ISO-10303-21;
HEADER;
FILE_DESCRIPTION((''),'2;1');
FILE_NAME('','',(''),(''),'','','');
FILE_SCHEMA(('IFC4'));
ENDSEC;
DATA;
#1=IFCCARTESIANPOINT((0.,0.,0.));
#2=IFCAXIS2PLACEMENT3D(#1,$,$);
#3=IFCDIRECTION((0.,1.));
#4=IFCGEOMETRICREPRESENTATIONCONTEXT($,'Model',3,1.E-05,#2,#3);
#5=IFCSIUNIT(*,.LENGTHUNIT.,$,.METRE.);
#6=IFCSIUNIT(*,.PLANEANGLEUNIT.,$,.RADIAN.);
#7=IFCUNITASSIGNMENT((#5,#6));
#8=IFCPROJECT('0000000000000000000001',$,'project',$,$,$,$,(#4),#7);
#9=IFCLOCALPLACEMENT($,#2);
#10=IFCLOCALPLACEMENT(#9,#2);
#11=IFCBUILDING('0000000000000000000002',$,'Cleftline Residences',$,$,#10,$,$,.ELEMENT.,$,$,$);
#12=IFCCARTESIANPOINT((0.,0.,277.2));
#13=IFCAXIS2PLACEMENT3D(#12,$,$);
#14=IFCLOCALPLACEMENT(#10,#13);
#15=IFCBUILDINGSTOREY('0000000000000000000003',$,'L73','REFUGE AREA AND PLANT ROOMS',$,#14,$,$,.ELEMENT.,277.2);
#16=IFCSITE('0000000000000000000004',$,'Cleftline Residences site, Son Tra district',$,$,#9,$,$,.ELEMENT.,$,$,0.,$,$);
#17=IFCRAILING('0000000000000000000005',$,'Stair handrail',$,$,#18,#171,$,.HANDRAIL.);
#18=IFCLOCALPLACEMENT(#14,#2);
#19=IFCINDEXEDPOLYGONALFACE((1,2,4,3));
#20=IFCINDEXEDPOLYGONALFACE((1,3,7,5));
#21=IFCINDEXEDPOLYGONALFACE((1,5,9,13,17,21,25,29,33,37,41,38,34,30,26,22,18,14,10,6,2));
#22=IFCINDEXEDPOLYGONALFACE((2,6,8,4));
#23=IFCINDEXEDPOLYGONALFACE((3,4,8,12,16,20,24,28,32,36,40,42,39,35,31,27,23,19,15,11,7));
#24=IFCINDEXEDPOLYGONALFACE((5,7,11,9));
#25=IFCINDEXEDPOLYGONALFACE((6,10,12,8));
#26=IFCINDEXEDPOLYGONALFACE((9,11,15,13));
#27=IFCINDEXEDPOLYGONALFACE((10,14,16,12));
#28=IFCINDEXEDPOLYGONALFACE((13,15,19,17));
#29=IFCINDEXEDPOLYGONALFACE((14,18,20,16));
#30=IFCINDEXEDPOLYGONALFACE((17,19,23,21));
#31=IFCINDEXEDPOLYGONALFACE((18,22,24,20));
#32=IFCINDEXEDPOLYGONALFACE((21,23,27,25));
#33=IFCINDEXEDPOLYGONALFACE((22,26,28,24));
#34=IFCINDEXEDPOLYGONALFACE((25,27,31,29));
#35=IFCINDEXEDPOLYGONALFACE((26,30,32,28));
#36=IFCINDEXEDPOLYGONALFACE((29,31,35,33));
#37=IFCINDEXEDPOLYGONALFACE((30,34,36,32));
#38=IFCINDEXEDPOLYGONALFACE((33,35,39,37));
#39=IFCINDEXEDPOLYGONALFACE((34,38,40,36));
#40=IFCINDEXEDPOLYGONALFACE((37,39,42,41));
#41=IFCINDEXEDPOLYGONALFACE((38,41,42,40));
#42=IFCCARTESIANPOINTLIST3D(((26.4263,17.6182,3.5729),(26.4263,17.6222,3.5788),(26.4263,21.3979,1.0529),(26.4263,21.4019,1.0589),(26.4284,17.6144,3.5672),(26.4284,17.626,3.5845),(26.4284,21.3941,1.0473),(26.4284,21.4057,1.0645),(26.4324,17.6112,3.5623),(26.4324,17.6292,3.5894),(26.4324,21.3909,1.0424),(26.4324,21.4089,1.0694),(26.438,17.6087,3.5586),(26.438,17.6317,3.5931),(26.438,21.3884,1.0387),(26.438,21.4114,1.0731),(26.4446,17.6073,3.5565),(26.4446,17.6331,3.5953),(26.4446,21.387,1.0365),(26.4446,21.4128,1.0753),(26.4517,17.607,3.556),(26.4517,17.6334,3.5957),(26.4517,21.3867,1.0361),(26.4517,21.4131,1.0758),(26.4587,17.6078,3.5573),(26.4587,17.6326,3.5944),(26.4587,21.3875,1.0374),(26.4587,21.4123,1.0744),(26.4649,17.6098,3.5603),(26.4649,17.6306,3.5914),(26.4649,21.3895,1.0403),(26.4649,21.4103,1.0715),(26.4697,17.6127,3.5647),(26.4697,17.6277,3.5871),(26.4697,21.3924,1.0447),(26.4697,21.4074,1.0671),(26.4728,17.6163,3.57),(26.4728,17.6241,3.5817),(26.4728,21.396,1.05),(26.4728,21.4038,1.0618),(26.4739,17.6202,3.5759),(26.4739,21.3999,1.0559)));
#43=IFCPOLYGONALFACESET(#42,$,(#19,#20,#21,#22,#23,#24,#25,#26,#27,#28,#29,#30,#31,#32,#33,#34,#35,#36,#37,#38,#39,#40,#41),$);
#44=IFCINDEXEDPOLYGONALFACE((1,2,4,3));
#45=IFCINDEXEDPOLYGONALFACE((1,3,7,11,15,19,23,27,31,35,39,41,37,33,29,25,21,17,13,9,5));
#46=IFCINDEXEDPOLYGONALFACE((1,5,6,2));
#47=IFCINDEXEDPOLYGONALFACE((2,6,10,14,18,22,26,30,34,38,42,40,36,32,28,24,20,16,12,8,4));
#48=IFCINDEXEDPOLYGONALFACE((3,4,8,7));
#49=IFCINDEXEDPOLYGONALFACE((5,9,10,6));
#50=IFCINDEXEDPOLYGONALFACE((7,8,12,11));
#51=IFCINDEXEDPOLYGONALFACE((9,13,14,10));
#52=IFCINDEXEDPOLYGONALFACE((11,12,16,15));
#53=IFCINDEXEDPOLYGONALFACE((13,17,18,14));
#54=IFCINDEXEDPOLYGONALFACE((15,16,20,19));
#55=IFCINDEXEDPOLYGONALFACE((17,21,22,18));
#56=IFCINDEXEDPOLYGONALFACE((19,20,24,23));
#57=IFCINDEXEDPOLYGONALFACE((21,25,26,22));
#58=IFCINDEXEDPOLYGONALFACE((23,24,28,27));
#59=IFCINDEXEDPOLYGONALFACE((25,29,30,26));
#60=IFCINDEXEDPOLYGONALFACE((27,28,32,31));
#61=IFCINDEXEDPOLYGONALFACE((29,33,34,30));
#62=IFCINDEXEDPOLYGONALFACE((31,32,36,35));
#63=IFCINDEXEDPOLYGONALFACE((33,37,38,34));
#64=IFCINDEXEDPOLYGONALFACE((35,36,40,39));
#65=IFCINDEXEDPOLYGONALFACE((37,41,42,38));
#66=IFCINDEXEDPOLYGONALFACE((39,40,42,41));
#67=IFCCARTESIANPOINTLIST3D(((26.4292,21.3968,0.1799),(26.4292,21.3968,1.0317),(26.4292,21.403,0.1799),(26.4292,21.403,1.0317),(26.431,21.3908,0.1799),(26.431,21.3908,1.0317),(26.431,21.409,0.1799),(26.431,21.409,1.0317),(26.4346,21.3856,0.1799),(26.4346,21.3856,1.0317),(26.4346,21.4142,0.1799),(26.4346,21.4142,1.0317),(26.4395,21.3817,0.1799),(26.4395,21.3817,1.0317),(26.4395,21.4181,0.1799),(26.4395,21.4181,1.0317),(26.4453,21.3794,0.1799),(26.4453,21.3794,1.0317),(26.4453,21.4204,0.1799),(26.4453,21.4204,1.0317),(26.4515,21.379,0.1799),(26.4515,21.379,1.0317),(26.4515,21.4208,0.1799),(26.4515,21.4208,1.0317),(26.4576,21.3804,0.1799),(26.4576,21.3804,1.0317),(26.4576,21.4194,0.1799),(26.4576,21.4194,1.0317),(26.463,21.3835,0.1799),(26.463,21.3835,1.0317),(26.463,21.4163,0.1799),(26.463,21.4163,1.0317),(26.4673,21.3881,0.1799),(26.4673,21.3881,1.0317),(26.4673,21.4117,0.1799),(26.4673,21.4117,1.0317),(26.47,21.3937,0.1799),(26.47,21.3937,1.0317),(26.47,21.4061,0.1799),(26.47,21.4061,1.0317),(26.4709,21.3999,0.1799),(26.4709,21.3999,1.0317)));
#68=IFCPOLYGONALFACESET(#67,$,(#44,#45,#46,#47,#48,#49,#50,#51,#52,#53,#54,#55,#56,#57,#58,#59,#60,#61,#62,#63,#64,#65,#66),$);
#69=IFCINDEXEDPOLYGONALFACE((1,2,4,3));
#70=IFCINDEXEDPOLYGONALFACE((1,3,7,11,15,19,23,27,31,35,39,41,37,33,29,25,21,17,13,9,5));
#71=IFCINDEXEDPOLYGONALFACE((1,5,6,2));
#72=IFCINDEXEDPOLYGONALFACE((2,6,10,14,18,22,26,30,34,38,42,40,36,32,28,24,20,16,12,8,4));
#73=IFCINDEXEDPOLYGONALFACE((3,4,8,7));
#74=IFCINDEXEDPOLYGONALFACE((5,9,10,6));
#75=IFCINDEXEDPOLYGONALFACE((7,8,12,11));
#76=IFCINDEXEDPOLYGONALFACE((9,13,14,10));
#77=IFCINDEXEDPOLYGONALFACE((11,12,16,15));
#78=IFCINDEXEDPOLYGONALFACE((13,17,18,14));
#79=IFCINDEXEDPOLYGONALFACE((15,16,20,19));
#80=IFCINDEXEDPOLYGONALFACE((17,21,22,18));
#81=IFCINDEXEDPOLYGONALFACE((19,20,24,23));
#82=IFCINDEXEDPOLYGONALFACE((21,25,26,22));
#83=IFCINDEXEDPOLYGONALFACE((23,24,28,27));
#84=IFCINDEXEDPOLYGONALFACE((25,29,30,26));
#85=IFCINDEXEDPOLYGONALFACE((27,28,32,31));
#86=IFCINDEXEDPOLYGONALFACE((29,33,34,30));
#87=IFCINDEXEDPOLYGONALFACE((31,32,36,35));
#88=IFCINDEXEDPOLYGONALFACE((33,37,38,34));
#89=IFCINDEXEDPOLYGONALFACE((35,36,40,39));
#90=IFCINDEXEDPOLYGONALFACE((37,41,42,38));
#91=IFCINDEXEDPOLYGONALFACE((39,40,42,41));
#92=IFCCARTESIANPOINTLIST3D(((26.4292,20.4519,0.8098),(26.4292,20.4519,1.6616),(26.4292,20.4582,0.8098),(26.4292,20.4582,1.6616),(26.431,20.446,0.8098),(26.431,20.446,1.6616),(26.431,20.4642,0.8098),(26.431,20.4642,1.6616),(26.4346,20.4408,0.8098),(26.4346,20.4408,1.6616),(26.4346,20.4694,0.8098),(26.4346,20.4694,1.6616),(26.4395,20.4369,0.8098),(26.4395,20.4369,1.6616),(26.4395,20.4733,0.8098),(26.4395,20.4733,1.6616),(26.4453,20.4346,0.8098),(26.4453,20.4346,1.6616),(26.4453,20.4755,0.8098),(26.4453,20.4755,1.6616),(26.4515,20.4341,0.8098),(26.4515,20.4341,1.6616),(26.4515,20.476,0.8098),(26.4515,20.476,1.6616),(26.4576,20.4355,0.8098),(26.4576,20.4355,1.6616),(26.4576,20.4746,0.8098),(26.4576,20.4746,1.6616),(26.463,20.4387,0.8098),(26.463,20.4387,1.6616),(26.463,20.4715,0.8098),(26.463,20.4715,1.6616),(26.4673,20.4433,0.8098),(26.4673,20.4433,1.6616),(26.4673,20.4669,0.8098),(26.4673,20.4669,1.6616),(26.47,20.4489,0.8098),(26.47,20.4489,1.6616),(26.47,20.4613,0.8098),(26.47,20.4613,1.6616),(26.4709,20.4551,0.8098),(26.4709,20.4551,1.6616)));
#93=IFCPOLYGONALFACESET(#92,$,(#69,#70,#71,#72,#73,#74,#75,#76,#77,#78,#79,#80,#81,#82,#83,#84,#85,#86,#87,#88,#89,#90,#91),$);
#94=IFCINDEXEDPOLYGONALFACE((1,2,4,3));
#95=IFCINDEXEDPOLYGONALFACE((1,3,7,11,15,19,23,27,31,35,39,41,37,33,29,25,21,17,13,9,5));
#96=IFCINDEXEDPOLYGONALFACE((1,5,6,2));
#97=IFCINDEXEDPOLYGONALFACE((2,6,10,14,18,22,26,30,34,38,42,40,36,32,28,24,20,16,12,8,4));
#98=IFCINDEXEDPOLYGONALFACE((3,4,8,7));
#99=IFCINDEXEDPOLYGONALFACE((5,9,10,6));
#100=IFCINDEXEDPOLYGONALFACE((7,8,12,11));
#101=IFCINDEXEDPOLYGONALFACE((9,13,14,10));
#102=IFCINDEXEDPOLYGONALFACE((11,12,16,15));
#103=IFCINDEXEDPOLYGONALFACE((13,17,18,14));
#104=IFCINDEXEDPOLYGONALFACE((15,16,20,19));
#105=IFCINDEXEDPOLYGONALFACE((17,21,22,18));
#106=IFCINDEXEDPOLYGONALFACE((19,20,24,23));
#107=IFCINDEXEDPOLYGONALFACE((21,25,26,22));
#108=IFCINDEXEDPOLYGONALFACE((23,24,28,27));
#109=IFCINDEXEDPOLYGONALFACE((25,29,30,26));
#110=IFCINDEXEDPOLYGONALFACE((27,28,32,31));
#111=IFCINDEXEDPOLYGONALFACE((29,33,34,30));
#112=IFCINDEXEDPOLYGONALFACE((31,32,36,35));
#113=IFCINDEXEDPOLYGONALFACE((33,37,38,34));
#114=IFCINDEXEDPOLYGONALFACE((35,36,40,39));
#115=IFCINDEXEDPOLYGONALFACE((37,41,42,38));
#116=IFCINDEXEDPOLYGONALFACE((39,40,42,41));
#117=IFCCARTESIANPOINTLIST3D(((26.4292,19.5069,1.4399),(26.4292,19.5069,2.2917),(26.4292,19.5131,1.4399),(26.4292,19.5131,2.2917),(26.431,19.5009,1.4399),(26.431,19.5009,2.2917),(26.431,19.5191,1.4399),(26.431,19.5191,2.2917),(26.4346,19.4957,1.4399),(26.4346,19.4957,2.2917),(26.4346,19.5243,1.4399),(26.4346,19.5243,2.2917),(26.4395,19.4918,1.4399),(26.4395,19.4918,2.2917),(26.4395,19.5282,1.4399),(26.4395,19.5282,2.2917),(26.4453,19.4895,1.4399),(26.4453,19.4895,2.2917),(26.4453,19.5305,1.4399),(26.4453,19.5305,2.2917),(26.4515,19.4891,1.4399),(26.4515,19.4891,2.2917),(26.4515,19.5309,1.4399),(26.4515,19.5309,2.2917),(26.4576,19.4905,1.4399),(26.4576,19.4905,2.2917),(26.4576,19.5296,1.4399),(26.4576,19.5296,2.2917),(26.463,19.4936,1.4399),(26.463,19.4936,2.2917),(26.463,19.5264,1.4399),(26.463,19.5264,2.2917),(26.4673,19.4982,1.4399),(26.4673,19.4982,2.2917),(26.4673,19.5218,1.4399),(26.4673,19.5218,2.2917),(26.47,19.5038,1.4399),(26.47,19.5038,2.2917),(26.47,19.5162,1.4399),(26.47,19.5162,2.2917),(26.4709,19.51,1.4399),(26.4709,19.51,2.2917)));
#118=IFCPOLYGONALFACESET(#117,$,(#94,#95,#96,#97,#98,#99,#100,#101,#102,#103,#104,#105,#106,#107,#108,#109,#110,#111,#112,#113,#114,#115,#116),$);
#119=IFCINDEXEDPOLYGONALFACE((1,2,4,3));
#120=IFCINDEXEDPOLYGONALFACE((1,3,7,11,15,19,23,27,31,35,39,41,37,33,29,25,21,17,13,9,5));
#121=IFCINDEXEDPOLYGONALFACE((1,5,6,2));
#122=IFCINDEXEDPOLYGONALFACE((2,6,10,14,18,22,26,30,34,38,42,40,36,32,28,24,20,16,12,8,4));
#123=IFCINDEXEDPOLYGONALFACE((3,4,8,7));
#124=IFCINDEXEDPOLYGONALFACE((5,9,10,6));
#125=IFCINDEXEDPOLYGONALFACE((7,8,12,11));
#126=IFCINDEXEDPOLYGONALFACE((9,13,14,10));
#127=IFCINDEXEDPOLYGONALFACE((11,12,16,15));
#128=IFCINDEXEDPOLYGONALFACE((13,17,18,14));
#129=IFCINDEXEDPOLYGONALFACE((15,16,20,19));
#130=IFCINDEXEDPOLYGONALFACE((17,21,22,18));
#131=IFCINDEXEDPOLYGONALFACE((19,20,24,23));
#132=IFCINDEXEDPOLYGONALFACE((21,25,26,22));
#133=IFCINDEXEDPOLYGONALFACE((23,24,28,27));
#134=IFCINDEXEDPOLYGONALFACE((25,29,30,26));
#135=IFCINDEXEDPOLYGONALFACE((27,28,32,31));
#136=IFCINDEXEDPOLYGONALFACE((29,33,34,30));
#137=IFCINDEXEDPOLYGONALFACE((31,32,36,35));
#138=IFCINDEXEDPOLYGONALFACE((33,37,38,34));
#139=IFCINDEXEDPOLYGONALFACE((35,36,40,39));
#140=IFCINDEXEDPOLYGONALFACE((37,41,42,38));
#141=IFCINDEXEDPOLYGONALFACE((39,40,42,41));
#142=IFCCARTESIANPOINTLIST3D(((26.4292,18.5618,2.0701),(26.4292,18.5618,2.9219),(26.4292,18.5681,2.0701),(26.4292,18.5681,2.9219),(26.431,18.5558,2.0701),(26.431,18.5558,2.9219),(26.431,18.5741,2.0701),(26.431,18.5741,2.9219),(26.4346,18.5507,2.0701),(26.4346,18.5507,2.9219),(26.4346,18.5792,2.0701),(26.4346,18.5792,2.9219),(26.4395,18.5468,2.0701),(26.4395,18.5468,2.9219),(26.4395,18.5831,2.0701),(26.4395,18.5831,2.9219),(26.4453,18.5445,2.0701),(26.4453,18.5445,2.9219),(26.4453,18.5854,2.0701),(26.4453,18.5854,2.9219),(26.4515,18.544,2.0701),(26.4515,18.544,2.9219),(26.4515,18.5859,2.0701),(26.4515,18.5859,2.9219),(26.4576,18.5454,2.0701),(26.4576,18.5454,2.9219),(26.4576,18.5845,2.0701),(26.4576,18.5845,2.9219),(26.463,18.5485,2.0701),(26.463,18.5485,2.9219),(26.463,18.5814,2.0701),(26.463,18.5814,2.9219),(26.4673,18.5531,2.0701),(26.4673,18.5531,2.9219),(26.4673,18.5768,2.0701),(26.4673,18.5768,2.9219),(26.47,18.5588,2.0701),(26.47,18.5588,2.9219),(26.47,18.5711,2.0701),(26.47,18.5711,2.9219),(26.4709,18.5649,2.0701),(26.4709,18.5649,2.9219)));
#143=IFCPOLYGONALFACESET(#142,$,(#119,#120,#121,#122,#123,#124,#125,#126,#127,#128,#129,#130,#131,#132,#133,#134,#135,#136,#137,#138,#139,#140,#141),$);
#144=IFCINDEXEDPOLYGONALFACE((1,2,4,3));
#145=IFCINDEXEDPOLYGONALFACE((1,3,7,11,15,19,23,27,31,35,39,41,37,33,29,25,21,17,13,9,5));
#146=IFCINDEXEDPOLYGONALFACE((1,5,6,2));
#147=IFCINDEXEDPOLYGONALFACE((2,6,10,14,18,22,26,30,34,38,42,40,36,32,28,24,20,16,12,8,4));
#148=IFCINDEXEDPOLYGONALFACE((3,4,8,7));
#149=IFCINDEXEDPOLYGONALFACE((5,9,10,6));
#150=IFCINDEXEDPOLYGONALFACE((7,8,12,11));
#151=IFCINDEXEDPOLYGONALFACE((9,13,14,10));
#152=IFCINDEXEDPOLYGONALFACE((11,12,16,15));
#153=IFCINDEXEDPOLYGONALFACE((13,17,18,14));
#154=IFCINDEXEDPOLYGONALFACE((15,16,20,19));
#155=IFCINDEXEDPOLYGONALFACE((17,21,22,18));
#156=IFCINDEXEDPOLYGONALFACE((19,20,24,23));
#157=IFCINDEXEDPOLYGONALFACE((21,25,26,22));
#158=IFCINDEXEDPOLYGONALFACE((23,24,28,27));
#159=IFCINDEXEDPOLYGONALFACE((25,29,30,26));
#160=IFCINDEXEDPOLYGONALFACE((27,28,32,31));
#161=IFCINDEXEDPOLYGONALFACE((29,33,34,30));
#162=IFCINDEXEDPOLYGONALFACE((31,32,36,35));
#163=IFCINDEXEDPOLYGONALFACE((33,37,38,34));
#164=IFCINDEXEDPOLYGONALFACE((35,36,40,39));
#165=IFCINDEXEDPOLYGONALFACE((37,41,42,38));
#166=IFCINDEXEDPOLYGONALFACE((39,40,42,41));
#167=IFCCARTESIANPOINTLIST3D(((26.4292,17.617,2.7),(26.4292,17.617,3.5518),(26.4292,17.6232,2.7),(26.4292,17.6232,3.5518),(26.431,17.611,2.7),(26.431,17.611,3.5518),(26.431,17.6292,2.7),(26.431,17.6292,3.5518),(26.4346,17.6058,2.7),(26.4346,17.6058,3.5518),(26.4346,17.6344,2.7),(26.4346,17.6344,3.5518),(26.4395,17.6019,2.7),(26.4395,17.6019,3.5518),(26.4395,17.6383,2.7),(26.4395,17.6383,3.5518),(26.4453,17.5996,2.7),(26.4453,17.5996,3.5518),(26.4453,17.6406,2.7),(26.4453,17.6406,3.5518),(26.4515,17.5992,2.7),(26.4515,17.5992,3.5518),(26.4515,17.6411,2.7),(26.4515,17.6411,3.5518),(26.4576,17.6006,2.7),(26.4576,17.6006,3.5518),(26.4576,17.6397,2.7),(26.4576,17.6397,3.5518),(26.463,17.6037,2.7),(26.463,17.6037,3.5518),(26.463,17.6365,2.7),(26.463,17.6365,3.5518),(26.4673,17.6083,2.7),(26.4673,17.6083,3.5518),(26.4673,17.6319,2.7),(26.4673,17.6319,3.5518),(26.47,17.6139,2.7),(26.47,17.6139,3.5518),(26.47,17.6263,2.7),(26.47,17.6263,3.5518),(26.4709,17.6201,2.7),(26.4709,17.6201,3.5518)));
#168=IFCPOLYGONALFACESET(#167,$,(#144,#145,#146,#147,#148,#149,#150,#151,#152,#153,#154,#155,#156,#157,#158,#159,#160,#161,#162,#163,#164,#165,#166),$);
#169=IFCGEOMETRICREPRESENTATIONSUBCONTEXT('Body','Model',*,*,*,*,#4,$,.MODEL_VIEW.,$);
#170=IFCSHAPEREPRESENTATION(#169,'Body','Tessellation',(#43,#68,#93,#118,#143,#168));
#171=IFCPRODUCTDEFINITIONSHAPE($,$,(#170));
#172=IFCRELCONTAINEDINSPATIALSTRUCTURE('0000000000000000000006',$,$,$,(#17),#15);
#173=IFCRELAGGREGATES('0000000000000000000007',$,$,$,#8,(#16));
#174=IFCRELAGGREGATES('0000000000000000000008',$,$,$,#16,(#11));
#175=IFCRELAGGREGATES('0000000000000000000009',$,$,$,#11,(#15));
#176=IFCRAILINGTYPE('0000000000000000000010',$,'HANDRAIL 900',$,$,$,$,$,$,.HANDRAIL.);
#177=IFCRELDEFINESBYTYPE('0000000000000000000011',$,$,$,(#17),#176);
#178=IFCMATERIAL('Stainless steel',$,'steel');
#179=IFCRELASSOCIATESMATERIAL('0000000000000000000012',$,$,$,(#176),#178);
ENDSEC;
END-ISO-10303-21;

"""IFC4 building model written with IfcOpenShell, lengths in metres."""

from ifc_helpers import new_model, si_unit, direction, frame, origin, origin_2d, place, context, subcontext, project, spatial, circle, extrude, material, type_object, element, save


model = new_model("IFC4")

# Units and contexts
model_context = context("Model", 3, precision=1e-05, world=origin(), true_north=direction((0.0, 1.0)))
body_context = subcontext(model_context, "Body", "Model", "MODEL_VIEW")
ifc_project = project(units=[si_unit("LENGTHUNIT", "METRE"), si_unit("PLANEANGLEUNIT", "RADIAN")], contexts=[model_context])

# Site, building, storey
site_placement = place(None, origin())
site = spatial("IfcSite", under=ifc_project, at=site_placement, Name="Cleftline Residences site, Son Tra district", CompositionType="ELEMENT", RefElevation=0.0)
building_placement = place(site_placement, origin())
building = spatial("IfcBuilding", under=site, at=building_placement, Name="Cleftline Residences", CompositionType="ELEMENT")
storey_placement = place(building_placement, frame((0.0, 0.0, 277.2)))
storey = spatial("IfcBuildingStorey", under=building, at=storey_placement, Name="L73", Description="REFUGE AREA AND PLANT ROOMS", CompositionType="ELEMENT", Elevation=277.2)

# Railing
ifc_material_1 = material(Name="Stainless steel", Category="steel")
railing_type = type_object("IfcRailingType", Name="HANDRAIL 900", PredefinedType="HANDRAIL", material=ifc_material_1)
railing_placement = place(storey_placement, frame((26.45, 21.3999, 0.1799)))
element("IfcRailing", 1, at=railing_placement, inside=storey, type_object=railing_type, Name="Stair handrail", PredefinedType="HANDRAIL", context=body_context, shape_type="SweptSolid", body=[
    extrude(circle(Radius=0.0239, at=origin_2d()), frame((0.0, 0.0, 0.876), z_axis=(0.0, -0.832034, 0.554725), x_axis=(1.0, 0.0, 0.0)), (0.0, 0.0, 1.0), 4.5427),
    extrude(circle(Radius=0.021, at=origin_2d()), origin(), (0.0, 0.0, 1.0), 0.8518),
    extrude(circle(Radius=0.021, at=origin_2d()), frame((0.0, -0.9448, 0.6299)), (0.0, 0.0, 1.0), 0.8518),
    extrude(circle(Radius=0.021, at=origin_2d()), frame((0.0, -1.8899, 1.26)), (0.0, 0.0, 1.0), 0.8518),
    extrude(circle(Radius=0.021, at=origin_2d()), frame((0.0, -2.835, 1.8901)), (0.0, 0.0, 1.0), 0.8518),
    extrude(circle(Radius=0.021, at=origin_2d()), frame((0.0, -3.7798, 2.52)), (0.0, 0.0, 1.0), 0.8518),
])

save(model, "model.ifc")
